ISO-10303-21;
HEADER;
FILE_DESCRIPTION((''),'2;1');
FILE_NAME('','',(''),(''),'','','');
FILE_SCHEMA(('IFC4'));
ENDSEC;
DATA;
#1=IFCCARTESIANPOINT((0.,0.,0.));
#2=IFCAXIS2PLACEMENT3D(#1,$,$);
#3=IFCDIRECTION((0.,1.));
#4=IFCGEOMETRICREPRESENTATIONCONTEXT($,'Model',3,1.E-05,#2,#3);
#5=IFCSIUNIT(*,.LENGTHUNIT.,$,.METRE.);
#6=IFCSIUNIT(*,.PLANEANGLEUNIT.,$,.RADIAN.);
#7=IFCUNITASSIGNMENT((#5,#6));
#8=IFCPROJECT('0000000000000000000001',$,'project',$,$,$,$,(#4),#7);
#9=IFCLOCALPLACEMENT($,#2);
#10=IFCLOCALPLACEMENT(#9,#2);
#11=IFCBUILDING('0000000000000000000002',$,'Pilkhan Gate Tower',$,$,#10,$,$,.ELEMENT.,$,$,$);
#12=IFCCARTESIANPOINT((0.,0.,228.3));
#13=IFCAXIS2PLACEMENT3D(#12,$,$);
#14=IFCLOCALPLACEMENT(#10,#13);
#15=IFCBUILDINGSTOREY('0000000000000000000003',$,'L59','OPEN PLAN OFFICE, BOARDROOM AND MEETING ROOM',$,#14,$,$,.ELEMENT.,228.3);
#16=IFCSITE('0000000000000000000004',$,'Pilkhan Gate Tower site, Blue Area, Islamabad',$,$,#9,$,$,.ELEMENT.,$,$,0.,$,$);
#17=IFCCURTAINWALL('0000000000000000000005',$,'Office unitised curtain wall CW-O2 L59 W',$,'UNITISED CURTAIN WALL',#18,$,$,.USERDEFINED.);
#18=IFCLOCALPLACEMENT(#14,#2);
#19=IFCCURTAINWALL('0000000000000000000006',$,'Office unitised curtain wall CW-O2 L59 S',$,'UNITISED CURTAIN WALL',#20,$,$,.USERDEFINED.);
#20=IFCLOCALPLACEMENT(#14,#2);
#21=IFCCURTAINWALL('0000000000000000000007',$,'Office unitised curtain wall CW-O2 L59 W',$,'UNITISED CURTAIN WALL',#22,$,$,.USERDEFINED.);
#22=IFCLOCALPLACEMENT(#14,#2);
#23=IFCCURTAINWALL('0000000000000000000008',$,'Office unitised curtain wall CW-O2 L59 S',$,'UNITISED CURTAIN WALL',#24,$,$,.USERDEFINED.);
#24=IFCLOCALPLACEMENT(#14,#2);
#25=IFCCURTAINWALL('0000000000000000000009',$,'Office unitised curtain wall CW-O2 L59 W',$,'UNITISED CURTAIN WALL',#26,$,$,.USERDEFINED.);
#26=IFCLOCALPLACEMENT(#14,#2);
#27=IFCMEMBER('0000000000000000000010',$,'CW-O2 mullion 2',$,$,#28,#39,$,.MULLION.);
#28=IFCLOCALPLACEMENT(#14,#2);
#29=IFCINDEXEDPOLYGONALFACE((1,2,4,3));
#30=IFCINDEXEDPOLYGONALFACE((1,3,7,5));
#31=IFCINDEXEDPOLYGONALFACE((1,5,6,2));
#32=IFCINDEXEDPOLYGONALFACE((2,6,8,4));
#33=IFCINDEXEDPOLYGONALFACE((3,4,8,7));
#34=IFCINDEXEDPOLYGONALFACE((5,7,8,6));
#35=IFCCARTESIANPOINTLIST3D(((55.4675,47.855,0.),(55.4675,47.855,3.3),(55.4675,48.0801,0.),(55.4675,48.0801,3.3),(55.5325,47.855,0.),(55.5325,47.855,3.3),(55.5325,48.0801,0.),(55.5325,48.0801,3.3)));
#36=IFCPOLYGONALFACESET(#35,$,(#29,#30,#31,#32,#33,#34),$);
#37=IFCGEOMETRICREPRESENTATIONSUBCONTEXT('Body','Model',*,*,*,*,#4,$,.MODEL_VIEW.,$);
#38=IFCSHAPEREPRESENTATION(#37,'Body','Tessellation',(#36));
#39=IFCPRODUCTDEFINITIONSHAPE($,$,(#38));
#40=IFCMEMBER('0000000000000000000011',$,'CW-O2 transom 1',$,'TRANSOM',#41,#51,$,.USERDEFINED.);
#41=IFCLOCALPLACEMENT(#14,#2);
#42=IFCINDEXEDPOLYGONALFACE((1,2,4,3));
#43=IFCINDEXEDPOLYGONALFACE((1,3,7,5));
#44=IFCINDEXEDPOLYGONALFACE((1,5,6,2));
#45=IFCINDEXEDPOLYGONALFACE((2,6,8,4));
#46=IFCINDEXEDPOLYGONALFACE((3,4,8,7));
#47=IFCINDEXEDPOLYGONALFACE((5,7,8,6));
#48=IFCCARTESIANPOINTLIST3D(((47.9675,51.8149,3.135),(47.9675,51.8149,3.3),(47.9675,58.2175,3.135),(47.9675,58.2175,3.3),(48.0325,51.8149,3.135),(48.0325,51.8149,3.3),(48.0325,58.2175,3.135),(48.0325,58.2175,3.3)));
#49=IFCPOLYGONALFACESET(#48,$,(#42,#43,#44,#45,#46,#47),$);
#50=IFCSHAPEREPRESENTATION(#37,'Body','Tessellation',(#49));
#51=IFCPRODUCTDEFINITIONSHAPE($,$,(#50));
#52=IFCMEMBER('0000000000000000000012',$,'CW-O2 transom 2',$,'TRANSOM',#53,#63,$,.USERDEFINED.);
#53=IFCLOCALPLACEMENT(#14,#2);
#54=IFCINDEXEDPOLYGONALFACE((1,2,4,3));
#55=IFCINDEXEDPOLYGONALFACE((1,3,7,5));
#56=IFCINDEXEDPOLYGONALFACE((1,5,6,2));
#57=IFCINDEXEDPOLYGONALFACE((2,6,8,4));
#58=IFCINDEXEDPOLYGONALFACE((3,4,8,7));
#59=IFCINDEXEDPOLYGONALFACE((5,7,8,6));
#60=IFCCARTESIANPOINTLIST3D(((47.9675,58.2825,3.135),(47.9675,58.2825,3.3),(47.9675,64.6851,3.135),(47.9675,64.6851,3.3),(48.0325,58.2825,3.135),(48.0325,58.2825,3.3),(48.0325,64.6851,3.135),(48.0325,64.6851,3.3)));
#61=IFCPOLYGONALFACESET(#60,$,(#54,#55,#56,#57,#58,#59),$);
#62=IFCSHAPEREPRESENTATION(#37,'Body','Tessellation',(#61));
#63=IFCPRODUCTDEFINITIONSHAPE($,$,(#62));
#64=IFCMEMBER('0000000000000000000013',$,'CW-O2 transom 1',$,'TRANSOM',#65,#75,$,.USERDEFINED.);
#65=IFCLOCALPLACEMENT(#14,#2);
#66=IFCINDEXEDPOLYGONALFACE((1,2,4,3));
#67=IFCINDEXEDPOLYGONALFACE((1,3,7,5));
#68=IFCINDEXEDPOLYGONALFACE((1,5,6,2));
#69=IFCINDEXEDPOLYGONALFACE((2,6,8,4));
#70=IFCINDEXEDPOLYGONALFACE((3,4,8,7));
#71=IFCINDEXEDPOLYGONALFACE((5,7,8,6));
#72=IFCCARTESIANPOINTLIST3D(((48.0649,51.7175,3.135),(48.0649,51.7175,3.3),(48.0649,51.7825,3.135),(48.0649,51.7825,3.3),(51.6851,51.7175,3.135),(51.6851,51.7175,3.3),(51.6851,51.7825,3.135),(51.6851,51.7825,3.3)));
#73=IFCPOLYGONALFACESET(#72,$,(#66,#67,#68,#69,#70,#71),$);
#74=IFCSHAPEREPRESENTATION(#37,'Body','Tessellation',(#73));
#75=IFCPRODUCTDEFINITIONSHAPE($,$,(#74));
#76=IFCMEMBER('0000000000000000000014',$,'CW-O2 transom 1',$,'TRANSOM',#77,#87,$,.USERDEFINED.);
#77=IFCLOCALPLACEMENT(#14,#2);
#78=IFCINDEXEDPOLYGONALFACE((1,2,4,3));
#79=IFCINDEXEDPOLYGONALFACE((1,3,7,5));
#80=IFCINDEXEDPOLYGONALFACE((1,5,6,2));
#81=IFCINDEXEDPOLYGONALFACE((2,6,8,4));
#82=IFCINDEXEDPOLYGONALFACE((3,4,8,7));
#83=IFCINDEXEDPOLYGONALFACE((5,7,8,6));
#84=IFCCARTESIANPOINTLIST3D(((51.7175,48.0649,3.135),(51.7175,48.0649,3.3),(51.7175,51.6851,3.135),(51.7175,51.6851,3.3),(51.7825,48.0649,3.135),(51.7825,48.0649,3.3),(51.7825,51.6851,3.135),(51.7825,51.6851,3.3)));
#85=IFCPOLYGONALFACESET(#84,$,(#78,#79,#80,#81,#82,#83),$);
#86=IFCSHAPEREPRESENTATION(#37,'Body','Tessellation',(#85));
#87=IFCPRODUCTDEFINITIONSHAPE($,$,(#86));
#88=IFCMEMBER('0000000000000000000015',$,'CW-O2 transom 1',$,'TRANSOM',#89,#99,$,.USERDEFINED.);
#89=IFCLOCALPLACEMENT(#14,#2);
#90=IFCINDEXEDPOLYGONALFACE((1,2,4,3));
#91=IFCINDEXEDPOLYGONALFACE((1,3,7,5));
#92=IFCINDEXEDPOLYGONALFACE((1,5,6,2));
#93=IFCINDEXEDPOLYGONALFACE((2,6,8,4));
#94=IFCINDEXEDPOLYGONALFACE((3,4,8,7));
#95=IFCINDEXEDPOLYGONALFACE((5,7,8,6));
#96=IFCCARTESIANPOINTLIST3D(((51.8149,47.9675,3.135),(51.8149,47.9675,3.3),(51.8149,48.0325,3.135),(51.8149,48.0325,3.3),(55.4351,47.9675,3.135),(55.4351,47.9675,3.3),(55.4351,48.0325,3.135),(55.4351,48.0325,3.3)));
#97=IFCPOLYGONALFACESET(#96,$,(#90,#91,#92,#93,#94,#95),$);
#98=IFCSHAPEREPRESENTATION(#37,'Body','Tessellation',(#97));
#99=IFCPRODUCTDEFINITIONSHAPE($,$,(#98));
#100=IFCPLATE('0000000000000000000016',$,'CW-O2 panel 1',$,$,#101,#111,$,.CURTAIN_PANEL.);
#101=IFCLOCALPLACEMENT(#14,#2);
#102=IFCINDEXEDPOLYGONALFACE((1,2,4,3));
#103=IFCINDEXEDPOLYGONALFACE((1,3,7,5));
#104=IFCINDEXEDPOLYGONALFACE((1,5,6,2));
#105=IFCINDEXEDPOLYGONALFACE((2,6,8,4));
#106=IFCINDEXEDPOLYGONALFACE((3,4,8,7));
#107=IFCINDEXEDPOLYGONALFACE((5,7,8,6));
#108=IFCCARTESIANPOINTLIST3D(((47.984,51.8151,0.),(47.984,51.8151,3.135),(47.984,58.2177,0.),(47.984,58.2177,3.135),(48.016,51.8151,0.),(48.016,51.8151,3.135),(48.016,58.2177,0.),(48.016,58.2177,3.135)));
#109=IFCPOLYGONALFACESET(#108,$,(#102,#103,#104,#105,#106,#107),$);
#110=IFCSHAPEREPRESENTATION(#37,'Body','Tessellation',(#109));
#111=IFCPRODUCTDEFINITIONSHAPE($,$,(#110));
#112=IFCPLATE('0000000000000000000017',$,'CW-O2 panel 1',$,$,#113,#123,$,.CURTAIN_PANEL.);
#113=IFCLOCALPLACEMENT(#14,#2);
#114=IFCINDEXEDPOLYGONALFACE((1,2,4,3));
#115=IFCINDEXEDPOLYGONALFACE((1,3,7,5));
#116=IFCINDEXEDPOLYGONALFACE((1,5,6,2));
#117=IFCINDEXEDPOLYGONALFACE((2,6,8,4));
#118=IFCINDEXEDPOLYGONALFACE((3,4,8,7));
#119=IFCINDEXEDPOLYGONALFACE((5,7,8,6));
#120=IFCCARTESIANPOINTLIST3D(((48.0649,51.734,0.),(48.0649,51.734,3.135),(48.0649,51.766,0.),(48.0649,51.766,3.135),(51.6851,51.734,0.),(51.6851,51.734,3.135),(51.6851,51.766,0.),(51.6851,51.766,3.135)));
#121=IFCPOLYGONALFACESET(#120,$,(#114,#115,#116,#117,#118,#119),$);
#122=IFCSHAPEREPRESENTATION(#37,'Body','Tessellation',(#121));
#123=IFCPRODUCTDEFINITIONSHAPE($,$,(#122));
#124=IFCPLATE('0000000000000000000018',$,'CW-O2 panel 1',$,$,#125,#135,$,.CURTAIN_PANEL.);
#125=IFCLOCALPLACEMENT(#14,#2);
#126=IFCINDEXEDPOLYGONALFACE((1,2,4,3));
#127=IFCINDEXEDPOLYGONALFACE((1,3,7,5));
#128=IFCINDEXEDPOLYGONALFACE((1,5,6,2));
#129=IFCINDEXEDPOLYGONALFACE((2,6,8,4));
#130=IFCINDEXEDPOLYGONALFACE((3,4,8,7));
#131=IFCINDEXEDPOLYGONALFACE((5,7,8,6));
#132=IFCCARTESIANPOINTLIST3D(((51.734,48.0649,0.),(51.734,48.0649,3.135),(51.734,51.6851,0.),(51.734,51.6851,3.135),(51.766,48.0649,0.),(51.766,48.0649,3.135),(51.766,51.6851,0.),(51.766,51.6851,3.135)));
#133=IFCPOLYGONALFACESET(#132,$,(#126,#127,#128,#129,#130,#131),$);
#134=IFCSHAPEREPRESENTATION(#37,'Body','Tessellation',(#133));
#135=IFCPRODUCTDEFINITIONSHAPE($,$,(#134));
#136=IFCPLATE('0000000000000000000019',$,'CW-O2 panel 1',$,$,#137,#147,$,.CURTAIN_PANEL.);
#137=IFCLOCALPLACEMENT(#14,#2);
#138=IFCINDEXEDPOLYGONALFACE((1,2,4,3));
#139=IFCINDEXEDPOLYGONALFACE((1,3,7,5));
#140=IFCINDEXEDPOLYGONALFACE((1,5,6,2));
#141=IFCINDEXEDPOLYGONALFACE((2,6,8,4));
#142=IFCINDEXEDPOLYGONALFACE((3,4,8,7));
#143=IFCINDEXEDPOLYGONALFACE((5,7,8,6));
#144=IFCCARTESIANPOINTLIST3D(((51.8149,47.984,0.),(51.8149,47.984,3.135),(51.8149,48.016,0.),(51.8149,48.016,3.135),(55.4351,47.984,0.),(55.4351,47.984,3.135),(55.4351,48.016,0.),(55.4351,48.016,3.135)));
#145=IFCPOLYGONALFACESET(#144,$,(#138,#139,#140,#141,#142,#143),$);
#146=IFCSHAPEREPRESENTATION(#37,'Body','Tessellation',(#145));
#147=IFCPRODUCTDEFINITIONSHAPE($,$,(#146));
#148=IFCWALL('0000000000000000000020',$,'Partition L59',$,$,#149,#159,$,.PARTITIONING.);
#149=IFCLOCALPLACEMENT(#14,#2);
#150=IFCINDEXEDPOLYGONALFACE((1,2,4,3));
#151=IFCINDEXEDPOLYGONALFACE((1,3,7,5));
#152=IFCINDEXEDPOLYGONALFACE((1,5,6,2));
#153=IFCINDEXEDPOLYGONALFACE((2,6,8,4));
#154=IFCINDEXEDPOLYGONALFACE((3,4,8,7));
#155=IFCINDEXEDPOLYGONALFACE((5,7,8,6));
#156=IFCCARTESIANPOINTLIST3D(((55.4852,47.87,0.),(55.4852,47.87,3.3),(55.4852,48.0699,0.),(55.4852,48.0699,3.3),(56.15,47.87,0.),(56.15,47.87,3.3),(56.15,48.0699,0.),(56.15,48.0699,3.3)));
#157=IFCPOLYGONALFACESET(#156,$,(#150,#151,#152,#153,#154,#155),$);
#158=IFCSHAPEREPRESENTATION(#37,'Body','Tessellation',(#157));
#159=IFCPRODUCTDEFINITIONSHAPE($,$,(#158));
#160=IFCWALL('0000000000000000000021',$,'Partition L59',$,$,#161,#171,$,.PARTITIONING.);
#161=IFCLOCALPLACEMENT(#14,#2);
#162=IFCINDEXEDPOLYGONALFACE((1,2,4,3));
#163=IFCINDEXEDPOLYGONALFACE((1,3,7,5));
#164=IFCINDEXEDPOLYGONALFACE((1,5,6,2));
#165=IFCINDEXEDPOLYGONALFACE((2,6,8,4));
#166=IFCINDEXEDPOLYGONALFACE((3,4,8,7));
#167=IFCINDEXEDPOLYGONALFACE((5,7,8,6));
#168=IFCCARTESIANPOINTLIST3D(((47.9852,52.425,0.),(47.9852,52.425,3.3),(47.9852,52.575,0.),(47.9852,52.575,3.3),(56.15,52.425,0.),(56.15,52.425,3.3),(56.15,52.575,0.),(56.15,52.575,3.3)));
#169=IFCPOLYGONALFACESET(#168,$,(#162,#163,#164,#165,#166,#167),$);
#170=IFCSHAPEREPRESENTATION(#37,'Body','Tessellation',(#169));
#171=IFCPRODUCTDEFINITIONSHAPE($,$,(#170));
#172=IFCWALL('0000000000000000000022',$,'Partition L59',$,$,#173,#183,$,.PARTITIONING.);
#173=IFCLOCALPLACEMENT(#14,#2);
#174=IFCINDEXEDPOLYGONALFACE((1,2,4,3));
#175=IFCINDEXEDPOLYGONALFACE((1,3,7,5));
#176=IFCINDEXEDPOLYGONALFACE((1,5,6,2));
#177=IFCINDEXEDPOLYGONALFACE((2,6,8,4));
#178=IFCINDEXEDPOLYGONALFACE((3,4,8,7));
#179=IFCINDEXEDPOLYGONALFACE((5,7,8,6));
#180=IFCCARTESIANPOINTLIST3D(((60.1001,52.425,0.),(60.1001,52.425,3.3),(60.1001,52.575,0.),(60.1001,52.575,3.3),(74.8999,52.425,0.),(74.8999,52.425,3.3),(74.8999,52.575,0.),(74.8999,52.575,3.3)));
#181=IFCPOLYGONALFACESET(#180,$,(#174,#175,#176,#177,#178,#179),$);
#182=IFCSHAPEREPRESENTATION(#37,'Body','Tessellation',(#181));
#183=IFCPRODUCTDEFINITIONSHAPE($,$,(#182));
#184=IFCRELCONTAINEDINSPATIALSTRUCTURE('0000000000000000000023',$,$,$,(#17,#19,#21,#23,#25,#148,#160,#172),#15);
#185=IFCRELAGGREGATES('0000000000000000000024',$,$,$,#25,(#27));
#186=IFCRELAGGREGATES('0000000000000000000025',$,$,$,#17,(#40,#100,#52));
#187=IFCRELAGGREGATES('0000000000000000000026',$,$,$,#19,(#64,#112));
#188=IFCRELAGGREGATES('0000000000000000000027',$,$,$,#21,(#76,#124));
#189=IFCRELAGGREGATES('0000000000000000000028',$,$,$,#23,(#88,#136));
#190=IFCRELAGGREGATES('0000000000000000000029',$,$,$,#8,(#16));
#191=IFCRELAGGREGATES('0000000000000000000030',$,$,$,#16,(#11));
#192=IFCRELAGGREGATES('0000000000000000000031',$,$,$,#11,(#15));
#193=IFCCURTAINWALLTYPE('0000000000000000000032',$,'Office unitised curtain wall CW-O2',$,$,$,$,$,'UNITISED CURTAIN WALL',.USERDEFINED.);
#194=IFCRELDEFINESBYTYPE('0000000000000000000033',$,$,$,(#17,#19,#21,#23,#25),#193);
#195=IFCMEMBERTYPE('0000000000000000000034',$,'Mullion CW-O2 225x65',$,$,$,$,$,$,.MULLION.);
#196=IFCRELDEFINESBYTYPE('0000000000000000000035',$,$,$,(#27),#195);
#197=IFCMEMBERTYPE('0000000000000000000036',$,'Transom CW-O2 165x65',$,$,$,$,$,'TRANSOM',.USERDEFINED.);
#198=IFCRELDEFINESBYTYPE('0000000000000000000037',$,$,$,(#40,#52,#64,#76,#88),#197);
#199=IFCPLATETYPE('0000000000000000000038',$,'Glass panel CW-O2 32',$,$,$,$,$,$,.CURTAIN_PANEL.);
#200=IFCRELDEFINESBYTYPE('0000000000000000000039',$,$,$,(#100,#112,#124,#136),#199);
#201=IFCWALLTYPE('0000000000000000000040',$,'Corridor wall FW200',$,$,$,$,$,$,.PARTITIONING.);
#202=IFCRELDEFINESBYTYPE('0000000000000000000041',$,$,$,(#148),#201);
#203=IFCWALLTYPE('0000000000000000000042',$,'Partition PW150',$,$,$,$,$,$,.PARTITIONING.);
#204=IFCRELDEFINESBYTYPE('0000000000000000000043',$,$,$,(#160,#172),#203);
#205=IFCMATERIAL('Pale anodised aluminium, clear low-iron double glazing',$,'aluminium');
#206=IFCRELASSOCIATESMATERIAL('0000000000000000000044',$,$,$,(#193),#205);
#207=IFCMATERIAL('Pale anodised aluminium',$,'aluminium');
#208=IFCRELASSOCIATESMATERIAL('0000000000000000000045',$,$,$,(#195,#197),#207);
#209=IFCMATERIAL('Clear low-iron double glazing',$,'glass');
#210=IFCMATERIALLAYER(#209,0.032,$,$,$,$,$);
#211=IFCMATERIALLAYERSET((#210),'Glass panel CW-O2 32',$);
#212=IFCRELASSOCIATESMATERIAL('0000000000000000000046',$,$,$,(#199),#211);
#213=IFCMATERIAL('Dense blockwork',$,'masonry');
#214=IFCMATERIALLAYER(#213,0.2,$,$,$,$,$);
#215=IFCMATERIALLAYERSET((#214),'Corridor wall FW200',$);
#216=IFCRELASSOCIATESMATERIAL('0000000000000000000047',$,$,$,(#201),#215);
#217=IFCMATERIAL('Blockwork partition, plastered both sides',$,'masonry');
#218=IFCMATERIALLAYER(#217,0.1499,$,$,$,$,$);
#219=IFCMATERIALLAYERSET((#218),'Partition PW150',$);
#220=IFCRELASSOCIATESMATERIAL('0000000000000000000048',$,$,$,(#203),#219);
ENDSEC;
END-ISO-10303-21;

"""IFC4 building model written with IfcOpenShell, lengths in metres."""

from ifc_helpers import new_model, si_unit, direction, frame, frame_2d, origin, origin_2d, place, context, subcontext, project, spatial, rectangle, extrude, material, layer, layer_set, material_profile, profile_set, type_object, element, aggregate, save


model = new_model("IFC4")

# Units and contexts
model_context = context("Model", 3, precision=1e-05, world=origin(), true_north=direction((0.0, 1.0)))
body_context = subcontext(model_context, "Body", "Model", "MODEL_VIEW")
ifc_project = project(units=[si_unit("LENGTHUNIT", "METRE"), si_unit("PLANEANGLEUNIT", "RADIAN")], contexts=[model_context])

# Site, building, storey
site_placement = place(None, origin())
site = spatial("IfcSite", under=ifc_project, at=site_placement, Name="Pilkhan Gate Tower site, Blue Area, Islamabad", CompositionType="ELEMENT", RefElevation=0.0)
building_placement = place(site_placement, origin())
building = spatial("IfcBuilding", under=site, at=building_placement, Name="Pilkhan Gate Tower", CompositionType="ELEMENT")
storey_placement = place(building_placement, frame((0.0, 0.0, 228.3)))
storey = spatial("IfcBuildingStorey", under=building, at=storey_placement, Name="L59", Description="OPEN PLAN OFFICE, BOARDROOM AND MEETING ROOM", CompositionType="ELEMENT", Elevation=228.3)

# Curtain walls
ifc_material_1 = material(Name="Pale anodised aluminium, clear low-iron double glazing", Category="aluminium")
curtain_wall_type = type_object("IfcCurtainWallType", Name="Office unitised curtain wall CW-O2", ElementType="UNITISED CURTAIN WALL", PredefinedType="USERDEFINED", material=ifc_material_1)
curtain_wall_1_placement = place(storey_placement, origin())
curtain_wall_1 = element("IfcCurtainWall", 1, at=curtain_wall_1_placement, inside=storey, type_object=curtain_wall_type, Name="Office unitised curtain wall CW-O2 L59 W", ObjectType="UNITISED CURTAIN WALL", PredefinedType="USERDEFINED")
ifc_material_2 = material(Name="Pale anodised aluminium", Category="aluminium")
ifc_material_profile_1 = material_profile(ifc_material_2, rectangle(XDim=0.0649, YDim=0.2251, at=origin_2d()), Name="Mullion 225x65")
ifc_profile_set_1 = profile_set([ifc_material_profile_1], Name="Pale anodised aluminium")
member_type_1 = type_object("IfcMemberType", Name="Mullion CW-O2 225x65", PredefinedType="MULLION", material=ifc_profile_set_1)
curtain_wall_2_placement = place(storey_placement, origin())
curtain_wall_2 = element("IfcCurtainWall", 2, at=curtain_wall_2_placement, inside=storey, type_object=curtain_wall_type, Name="Office unitised curtain wall CW-O2 L59 S", ObjectType="UNITISED CURTAIN WALL", PredefinedType="USERDEFINED")
curtain_wall_3_placement = place(storey_placement, origin())
curtain_wall_3 = element("IfcCurtainWall", 3, at=curtain_wall_3_placement, inside=storey, type_object=curtain_wall_type, Name="Office unitised curtain wall CW-O2 L59 W", ObjectType="UNITISED CURTAIN WALL", PredefinedType="USERDEFINED")
curtain_wall_4_placement = place(storey_placement, origin())
curtain_wall_4 = element("IfcCurtainWall", 4, at=curtain_wall_4_placement, inside=storey, type_object=curtain_wall_type, Name="Office unitised curtain wall CW-O2 L59 S", ObjectType="UNITISED CURTAIN WALL", PredefinedType="USERDEFINED")

# Curtain wall, member
curtain_wall_5_placement = place(storey_placement, origin())
curtain_wall_5 = element("IfcCurtainWall", 5, at=curtain_wall_5_placement, inside=storey, type_object=curtain_wall_type, Name="Office unitised curtain wall CW-O2 L59 W", ObjectType="UNITISED CURTAIN WALL", PredefinedType="USERDEFINED")
member_1_placement = place(storey_placement, frame((55.5, 47.9675, 0.0), z_axis=(0.0, 0.0, 1.0), x_axis=(-1.0, 0.0, 0.0)))
member_1 = element("IfcMember", 6, at=member_1_placement, type_object=member_type_1, Name="CW-O2 mullion 2", PredefinedType="MULLION", context=body_context, shape_type="SweptSolid", body=[
    extrude(rectangle(XDim=0.0649, YDim=0.2251, at=origin_2d()), origin(), (0.0, 0.0, 1.0), 3.3),
])
aggregate(curtain_wall_5, [member_1])

# Members
ifc_material_profile_2 = material_profile(ifc_material_2, rectangle(XDim=0.0649, YDim=0.165, at=origin_2d()), Name="Transom 165x65")
ifc_profile_set_2 = profile_set([ifc_material_profile_2], Name="Pale anodised aluminium")
member_type_2 = type_object("IfcMemberType", Name="Transom CW-O2 165x65", ElementType="TRANSOM", PredefinedType="USERDEFINED", material=ifc_profile_set_2)
member_2_placement = place(storey_placement, frame((48.0, 51.8149, 3.2175), z_axis=(0.0, 1.0, 0.0), x_axis=(-1.0, 0.0, 0.0)))
member_2 = element("IfcMember", 7, at=member_2_placement, type_object=member_type_2, Name="CW-O2 transom 1", ObjectType="TRANSOM", PredefinedType="USERDEFINED", context=body_context, shape_type="SweptSolid", body=[
    extrude(rectangle(XDim=0.0649, YDim=0.165, at=origin_2d()), origin(), (0.0, 0.0, 1.0), 6.4026),
])
member_3_placement = place(storey_placement, frame((48.0, 58.2825, 3.2175), z_axis=(0.0, 1.0, 0.0), x_axis=(-1.0, 0.0, 0.0)))
member_3 = element("IfcMember", 8, at=member_3_placement, type_object=member_type_2, Name="CW-O2 transom 2", ObjectType="TRANSOM", PredefinedType="USERDEFINED", context=body_context, shape_type="SweptSolid", body=[
    extrude(rectangle(XDim=0.0649, YDim=0.165, at=origin_2d()), origin(), (0.0, 0.0, 1.0), 6.4026),
])
member_4_placement = place(storey_placement, frame((48.0649, 51.75, 3.2175), z_axis=(1.0, 0.0, 0.0), x_axis=(0.0, 1.0, 0.0)))
member_4 = element("IfcMember", 9, at=member_4_placement, type_object=member_type_2, Name="CW-O2 transom 1", ObjectType="TRANSOM", PredefinedType="USERDEFINED", context=body_context, shape_type="SweptSolid", body=[
    extrude(rectangle(XDim=0.0649, YDim=0.165, at=origin_2d()), origin(), (0.0, 0.0, 1.0), 3.6201),
])
member_5_placement = place(storey_placement, frame((51.75, 48.0649, 3.2175), z_axis=(0.0, 1.0, 0.0), x_axis=(-1.0, 0.0, 0.0)))
member_5 = element("IfcMember", 10, at=member_5_placement, type_object=member_type_2, Name="CW-O2 transom 1", ObjectType="TRANSOM", PredefinedType="USERDEFINED", context=body_context, shape_type="SweptSolid", body=[
    extrude(rectangle(XDim=0.0649, YDim=0.165, at=origin_2d()), origin(), (0.0, 0.0, 1.0), 3.6201),
])
member_6_placement = place(storey_placement, frame((51.8149, 48.0, 3.2175), z_axis=(1.0, 0.0, 0.0), x_axis=(0.0, 1.0, 0.0)))
member_6 = element("IfcMember", 11, at=member_6_placement, type_object=member_type_2, Name="CW-O2 transom 1", ObjectType="TRANSOM", PredefinedType="USERDEFINED", context=body_context, shape_type="SweptSolid", body=[
    extrude(rectangle(XDim=0.0649, YDim=0.165, at=origin_2d()), origin(), (0.0, 0.0, 1.0), 3.6201),
])

# Plates
ifc_material_3 = material(Name="Clear low-iron double glazing", Category="glass")
ifc_layer_1 = layer(ifc_material_3, 0.032)
ifc_layer_set_1 = layer_set([ifc_layer_1], Name="Glass panel CW-O2 32")
plate_type = type_object("IfcPlateType", Name="Glass panel CW-O2 32", PredefinedType="CURTAIN_PANEL", material=ifc_layer_set_1)
plate_1_placement = place(storey_placement, frame((48.0, 55.0164, 0.0), z_axis=(0.0, 0.0, 1.0), x_axis=(0.0, 1.0, 0.0)))
plate_1 = element("IfcPlate", 12, at=plate_1_placement, type_object=plate_type, Name="CW-O2 panel 1", PredefinedType="CURTAIN_PANEL", context=body_context, shape_type="SweptSolid", body=[
    extrude(rectangle(XDim=6.4026, YDim=0.032, at=origin_2d()), origin(), (0.0, 0.0, 1.0), 3.135),
])
aggregate(curtain_wall_1, [member_2, plate_1, member_3])
plate_2_placement = place(storey_placement, frame((49.875, 51.75, 0.0), z_axis=(0.0, 0.0, 1.0), x_axis=(1.0, 0.0, 0.0)))
plate_2 = element("IfcPlate", 13, at=plate_2_placement, type_object=plate_type, Name="CW-O2 panel 1", PredefinedType="CURTAIN_PANEL", context=body_context, shape_type="SweptSolid", body=[
    extrude(rectangle(XDim=3.6201, YDim=0.032, at=origin_2d()), origin(), (0.0, 0.0, 1.0), 3.135),
])
aggregate(curtain_wall_2, [member_4, plate_2])
plate_3_placement = place(storey_placement, frame((51.75, 49.875, 0.0), z_axis=(0.0, 0.0, 1.0), x_axis=(0.0, 1.0, 0.0)))
plate_3 = element("IfcPlate", 14, at=plate_3_placement, type_object=plate_type, Name="CW-O2 panel 1", PredefinedType="CURTAIN_PANEL", context=body_context, shape_type="SweptSolid", body=[
    extrude(rectangle(XDim=3.6201, YDim=0.032, at=origin_2d()), origin(), (0.0, 0.0, 1.0), 3.135),
])
aggregate(curtain_wall_3, [member_5, plate_3])
plate_4_placement = place(storey_placement, frame((53.625, 48.0, 0.0), z_axis=(0.0, 0.0, 1.0), x_axis=(1.0, 0.0, 0.0)))
plate_4 = element("IfcPlate", 15, at=plate_4_placement, type_object=plate_type, Name="CW-O2 panel 1", PredefinedType="CURTAIN_PANEL", context=body_context, shape_type="SweptSolid", body=[
    extrude(rectangle(XDim=3.6201, YDim=0.032, at=origin_2d()), origin(), (0.0, 0.0, 1.0), 3.135),
])
aggregate(curtain_wall_4, [member_6, plate_4])

# Walls
ifc_material_4 = material(Name="Dense blockwork", Category="masonry")
ifc_layer_2 = layer(ifc_material_4, 0.2)
ifc_layer_set_2 = layer_set([ifc_layer_2], Name="Corridor wall FW200")
wall_type_1 = type_object("IfcWallType", Name="Corridor wall FW200", PredefinedType="PARTITIONING", material=ifc_layer_set_2)
wall_1_placement = place(storey_placement, frame((55.4851, 47.97, 0.0), z_axis=(0.0, 0.0, 1.0), x_axis=(1.0, 0.0, 0.0)))
element("IfcWall", 16, at=wall_1_placement, inside=storey, type_object=wall_type_1, Name="Partition L59", PredefinedType="PARTITIONING", context=body_context, shape_type="SweptSolid", body=[
    extrude(rectangle(XDim=0.6648, YDim=0.2, at=frame_2d((0.3325, 0.0))), origin(), (0.0, 0.0, 1.0), 3.3),
])
ifc_material_5 = material(Name="Blockwork partition, plastered both sides", Category="masonry")
ifc_layer_3 = layer(ifc_material_5, 0.1499)
ifc_layer_set_3 = layer_set([ifc_layer_3], Name="Partition PW150")
wall_type_2 = type_object("IfcWallType", Name="Partition PW150", PredefinedType="PARTITIONING", material=ifc_layer_set_3)
wall_2_placement = place(storey_placement, frame((47.9851, 52.5, 0.0), z_axis=(0.0, 0.0, 1.0), x_axis=(1.0, 0.0, 0.0)))
element("IfcWall", 17, at=wall_2_placement, inside=storey, type_object=wall_type_2, Name="Partition L59", PredefinedType="PARTITIONING", context=body_context, shape_type="SweptSolid", body=[
    extrude(rectangle(XDim=8.1648, YDim=0.1499, at=frame_2d((4.0825, 0.0))), origin(), (0.0, 0.0, 1.0), 3.3),
])
wall_3_placement = place(storey_placement, frame((60.1001, 52.5, 0.0), z_axis=(0.0, 0.0, 1.0), x_axis=(1.0, 0.0, 0.0)))
element("IfcWall", 18, at=wall_3_placement, inside=storey, type_object=wall_type_2, Name="Partition L59", PredefinedType="PARTITIONING", context=body_context, shape_type="SweptSolid", body=[
    extrude(rectangle(XDim=14.7998, YDim=0.1499, at=frame_2d((7.3999, 0.0))), origin(), (0.0, 0.0, 1.0), 3.3),
])

save(model, "model.ifc")
